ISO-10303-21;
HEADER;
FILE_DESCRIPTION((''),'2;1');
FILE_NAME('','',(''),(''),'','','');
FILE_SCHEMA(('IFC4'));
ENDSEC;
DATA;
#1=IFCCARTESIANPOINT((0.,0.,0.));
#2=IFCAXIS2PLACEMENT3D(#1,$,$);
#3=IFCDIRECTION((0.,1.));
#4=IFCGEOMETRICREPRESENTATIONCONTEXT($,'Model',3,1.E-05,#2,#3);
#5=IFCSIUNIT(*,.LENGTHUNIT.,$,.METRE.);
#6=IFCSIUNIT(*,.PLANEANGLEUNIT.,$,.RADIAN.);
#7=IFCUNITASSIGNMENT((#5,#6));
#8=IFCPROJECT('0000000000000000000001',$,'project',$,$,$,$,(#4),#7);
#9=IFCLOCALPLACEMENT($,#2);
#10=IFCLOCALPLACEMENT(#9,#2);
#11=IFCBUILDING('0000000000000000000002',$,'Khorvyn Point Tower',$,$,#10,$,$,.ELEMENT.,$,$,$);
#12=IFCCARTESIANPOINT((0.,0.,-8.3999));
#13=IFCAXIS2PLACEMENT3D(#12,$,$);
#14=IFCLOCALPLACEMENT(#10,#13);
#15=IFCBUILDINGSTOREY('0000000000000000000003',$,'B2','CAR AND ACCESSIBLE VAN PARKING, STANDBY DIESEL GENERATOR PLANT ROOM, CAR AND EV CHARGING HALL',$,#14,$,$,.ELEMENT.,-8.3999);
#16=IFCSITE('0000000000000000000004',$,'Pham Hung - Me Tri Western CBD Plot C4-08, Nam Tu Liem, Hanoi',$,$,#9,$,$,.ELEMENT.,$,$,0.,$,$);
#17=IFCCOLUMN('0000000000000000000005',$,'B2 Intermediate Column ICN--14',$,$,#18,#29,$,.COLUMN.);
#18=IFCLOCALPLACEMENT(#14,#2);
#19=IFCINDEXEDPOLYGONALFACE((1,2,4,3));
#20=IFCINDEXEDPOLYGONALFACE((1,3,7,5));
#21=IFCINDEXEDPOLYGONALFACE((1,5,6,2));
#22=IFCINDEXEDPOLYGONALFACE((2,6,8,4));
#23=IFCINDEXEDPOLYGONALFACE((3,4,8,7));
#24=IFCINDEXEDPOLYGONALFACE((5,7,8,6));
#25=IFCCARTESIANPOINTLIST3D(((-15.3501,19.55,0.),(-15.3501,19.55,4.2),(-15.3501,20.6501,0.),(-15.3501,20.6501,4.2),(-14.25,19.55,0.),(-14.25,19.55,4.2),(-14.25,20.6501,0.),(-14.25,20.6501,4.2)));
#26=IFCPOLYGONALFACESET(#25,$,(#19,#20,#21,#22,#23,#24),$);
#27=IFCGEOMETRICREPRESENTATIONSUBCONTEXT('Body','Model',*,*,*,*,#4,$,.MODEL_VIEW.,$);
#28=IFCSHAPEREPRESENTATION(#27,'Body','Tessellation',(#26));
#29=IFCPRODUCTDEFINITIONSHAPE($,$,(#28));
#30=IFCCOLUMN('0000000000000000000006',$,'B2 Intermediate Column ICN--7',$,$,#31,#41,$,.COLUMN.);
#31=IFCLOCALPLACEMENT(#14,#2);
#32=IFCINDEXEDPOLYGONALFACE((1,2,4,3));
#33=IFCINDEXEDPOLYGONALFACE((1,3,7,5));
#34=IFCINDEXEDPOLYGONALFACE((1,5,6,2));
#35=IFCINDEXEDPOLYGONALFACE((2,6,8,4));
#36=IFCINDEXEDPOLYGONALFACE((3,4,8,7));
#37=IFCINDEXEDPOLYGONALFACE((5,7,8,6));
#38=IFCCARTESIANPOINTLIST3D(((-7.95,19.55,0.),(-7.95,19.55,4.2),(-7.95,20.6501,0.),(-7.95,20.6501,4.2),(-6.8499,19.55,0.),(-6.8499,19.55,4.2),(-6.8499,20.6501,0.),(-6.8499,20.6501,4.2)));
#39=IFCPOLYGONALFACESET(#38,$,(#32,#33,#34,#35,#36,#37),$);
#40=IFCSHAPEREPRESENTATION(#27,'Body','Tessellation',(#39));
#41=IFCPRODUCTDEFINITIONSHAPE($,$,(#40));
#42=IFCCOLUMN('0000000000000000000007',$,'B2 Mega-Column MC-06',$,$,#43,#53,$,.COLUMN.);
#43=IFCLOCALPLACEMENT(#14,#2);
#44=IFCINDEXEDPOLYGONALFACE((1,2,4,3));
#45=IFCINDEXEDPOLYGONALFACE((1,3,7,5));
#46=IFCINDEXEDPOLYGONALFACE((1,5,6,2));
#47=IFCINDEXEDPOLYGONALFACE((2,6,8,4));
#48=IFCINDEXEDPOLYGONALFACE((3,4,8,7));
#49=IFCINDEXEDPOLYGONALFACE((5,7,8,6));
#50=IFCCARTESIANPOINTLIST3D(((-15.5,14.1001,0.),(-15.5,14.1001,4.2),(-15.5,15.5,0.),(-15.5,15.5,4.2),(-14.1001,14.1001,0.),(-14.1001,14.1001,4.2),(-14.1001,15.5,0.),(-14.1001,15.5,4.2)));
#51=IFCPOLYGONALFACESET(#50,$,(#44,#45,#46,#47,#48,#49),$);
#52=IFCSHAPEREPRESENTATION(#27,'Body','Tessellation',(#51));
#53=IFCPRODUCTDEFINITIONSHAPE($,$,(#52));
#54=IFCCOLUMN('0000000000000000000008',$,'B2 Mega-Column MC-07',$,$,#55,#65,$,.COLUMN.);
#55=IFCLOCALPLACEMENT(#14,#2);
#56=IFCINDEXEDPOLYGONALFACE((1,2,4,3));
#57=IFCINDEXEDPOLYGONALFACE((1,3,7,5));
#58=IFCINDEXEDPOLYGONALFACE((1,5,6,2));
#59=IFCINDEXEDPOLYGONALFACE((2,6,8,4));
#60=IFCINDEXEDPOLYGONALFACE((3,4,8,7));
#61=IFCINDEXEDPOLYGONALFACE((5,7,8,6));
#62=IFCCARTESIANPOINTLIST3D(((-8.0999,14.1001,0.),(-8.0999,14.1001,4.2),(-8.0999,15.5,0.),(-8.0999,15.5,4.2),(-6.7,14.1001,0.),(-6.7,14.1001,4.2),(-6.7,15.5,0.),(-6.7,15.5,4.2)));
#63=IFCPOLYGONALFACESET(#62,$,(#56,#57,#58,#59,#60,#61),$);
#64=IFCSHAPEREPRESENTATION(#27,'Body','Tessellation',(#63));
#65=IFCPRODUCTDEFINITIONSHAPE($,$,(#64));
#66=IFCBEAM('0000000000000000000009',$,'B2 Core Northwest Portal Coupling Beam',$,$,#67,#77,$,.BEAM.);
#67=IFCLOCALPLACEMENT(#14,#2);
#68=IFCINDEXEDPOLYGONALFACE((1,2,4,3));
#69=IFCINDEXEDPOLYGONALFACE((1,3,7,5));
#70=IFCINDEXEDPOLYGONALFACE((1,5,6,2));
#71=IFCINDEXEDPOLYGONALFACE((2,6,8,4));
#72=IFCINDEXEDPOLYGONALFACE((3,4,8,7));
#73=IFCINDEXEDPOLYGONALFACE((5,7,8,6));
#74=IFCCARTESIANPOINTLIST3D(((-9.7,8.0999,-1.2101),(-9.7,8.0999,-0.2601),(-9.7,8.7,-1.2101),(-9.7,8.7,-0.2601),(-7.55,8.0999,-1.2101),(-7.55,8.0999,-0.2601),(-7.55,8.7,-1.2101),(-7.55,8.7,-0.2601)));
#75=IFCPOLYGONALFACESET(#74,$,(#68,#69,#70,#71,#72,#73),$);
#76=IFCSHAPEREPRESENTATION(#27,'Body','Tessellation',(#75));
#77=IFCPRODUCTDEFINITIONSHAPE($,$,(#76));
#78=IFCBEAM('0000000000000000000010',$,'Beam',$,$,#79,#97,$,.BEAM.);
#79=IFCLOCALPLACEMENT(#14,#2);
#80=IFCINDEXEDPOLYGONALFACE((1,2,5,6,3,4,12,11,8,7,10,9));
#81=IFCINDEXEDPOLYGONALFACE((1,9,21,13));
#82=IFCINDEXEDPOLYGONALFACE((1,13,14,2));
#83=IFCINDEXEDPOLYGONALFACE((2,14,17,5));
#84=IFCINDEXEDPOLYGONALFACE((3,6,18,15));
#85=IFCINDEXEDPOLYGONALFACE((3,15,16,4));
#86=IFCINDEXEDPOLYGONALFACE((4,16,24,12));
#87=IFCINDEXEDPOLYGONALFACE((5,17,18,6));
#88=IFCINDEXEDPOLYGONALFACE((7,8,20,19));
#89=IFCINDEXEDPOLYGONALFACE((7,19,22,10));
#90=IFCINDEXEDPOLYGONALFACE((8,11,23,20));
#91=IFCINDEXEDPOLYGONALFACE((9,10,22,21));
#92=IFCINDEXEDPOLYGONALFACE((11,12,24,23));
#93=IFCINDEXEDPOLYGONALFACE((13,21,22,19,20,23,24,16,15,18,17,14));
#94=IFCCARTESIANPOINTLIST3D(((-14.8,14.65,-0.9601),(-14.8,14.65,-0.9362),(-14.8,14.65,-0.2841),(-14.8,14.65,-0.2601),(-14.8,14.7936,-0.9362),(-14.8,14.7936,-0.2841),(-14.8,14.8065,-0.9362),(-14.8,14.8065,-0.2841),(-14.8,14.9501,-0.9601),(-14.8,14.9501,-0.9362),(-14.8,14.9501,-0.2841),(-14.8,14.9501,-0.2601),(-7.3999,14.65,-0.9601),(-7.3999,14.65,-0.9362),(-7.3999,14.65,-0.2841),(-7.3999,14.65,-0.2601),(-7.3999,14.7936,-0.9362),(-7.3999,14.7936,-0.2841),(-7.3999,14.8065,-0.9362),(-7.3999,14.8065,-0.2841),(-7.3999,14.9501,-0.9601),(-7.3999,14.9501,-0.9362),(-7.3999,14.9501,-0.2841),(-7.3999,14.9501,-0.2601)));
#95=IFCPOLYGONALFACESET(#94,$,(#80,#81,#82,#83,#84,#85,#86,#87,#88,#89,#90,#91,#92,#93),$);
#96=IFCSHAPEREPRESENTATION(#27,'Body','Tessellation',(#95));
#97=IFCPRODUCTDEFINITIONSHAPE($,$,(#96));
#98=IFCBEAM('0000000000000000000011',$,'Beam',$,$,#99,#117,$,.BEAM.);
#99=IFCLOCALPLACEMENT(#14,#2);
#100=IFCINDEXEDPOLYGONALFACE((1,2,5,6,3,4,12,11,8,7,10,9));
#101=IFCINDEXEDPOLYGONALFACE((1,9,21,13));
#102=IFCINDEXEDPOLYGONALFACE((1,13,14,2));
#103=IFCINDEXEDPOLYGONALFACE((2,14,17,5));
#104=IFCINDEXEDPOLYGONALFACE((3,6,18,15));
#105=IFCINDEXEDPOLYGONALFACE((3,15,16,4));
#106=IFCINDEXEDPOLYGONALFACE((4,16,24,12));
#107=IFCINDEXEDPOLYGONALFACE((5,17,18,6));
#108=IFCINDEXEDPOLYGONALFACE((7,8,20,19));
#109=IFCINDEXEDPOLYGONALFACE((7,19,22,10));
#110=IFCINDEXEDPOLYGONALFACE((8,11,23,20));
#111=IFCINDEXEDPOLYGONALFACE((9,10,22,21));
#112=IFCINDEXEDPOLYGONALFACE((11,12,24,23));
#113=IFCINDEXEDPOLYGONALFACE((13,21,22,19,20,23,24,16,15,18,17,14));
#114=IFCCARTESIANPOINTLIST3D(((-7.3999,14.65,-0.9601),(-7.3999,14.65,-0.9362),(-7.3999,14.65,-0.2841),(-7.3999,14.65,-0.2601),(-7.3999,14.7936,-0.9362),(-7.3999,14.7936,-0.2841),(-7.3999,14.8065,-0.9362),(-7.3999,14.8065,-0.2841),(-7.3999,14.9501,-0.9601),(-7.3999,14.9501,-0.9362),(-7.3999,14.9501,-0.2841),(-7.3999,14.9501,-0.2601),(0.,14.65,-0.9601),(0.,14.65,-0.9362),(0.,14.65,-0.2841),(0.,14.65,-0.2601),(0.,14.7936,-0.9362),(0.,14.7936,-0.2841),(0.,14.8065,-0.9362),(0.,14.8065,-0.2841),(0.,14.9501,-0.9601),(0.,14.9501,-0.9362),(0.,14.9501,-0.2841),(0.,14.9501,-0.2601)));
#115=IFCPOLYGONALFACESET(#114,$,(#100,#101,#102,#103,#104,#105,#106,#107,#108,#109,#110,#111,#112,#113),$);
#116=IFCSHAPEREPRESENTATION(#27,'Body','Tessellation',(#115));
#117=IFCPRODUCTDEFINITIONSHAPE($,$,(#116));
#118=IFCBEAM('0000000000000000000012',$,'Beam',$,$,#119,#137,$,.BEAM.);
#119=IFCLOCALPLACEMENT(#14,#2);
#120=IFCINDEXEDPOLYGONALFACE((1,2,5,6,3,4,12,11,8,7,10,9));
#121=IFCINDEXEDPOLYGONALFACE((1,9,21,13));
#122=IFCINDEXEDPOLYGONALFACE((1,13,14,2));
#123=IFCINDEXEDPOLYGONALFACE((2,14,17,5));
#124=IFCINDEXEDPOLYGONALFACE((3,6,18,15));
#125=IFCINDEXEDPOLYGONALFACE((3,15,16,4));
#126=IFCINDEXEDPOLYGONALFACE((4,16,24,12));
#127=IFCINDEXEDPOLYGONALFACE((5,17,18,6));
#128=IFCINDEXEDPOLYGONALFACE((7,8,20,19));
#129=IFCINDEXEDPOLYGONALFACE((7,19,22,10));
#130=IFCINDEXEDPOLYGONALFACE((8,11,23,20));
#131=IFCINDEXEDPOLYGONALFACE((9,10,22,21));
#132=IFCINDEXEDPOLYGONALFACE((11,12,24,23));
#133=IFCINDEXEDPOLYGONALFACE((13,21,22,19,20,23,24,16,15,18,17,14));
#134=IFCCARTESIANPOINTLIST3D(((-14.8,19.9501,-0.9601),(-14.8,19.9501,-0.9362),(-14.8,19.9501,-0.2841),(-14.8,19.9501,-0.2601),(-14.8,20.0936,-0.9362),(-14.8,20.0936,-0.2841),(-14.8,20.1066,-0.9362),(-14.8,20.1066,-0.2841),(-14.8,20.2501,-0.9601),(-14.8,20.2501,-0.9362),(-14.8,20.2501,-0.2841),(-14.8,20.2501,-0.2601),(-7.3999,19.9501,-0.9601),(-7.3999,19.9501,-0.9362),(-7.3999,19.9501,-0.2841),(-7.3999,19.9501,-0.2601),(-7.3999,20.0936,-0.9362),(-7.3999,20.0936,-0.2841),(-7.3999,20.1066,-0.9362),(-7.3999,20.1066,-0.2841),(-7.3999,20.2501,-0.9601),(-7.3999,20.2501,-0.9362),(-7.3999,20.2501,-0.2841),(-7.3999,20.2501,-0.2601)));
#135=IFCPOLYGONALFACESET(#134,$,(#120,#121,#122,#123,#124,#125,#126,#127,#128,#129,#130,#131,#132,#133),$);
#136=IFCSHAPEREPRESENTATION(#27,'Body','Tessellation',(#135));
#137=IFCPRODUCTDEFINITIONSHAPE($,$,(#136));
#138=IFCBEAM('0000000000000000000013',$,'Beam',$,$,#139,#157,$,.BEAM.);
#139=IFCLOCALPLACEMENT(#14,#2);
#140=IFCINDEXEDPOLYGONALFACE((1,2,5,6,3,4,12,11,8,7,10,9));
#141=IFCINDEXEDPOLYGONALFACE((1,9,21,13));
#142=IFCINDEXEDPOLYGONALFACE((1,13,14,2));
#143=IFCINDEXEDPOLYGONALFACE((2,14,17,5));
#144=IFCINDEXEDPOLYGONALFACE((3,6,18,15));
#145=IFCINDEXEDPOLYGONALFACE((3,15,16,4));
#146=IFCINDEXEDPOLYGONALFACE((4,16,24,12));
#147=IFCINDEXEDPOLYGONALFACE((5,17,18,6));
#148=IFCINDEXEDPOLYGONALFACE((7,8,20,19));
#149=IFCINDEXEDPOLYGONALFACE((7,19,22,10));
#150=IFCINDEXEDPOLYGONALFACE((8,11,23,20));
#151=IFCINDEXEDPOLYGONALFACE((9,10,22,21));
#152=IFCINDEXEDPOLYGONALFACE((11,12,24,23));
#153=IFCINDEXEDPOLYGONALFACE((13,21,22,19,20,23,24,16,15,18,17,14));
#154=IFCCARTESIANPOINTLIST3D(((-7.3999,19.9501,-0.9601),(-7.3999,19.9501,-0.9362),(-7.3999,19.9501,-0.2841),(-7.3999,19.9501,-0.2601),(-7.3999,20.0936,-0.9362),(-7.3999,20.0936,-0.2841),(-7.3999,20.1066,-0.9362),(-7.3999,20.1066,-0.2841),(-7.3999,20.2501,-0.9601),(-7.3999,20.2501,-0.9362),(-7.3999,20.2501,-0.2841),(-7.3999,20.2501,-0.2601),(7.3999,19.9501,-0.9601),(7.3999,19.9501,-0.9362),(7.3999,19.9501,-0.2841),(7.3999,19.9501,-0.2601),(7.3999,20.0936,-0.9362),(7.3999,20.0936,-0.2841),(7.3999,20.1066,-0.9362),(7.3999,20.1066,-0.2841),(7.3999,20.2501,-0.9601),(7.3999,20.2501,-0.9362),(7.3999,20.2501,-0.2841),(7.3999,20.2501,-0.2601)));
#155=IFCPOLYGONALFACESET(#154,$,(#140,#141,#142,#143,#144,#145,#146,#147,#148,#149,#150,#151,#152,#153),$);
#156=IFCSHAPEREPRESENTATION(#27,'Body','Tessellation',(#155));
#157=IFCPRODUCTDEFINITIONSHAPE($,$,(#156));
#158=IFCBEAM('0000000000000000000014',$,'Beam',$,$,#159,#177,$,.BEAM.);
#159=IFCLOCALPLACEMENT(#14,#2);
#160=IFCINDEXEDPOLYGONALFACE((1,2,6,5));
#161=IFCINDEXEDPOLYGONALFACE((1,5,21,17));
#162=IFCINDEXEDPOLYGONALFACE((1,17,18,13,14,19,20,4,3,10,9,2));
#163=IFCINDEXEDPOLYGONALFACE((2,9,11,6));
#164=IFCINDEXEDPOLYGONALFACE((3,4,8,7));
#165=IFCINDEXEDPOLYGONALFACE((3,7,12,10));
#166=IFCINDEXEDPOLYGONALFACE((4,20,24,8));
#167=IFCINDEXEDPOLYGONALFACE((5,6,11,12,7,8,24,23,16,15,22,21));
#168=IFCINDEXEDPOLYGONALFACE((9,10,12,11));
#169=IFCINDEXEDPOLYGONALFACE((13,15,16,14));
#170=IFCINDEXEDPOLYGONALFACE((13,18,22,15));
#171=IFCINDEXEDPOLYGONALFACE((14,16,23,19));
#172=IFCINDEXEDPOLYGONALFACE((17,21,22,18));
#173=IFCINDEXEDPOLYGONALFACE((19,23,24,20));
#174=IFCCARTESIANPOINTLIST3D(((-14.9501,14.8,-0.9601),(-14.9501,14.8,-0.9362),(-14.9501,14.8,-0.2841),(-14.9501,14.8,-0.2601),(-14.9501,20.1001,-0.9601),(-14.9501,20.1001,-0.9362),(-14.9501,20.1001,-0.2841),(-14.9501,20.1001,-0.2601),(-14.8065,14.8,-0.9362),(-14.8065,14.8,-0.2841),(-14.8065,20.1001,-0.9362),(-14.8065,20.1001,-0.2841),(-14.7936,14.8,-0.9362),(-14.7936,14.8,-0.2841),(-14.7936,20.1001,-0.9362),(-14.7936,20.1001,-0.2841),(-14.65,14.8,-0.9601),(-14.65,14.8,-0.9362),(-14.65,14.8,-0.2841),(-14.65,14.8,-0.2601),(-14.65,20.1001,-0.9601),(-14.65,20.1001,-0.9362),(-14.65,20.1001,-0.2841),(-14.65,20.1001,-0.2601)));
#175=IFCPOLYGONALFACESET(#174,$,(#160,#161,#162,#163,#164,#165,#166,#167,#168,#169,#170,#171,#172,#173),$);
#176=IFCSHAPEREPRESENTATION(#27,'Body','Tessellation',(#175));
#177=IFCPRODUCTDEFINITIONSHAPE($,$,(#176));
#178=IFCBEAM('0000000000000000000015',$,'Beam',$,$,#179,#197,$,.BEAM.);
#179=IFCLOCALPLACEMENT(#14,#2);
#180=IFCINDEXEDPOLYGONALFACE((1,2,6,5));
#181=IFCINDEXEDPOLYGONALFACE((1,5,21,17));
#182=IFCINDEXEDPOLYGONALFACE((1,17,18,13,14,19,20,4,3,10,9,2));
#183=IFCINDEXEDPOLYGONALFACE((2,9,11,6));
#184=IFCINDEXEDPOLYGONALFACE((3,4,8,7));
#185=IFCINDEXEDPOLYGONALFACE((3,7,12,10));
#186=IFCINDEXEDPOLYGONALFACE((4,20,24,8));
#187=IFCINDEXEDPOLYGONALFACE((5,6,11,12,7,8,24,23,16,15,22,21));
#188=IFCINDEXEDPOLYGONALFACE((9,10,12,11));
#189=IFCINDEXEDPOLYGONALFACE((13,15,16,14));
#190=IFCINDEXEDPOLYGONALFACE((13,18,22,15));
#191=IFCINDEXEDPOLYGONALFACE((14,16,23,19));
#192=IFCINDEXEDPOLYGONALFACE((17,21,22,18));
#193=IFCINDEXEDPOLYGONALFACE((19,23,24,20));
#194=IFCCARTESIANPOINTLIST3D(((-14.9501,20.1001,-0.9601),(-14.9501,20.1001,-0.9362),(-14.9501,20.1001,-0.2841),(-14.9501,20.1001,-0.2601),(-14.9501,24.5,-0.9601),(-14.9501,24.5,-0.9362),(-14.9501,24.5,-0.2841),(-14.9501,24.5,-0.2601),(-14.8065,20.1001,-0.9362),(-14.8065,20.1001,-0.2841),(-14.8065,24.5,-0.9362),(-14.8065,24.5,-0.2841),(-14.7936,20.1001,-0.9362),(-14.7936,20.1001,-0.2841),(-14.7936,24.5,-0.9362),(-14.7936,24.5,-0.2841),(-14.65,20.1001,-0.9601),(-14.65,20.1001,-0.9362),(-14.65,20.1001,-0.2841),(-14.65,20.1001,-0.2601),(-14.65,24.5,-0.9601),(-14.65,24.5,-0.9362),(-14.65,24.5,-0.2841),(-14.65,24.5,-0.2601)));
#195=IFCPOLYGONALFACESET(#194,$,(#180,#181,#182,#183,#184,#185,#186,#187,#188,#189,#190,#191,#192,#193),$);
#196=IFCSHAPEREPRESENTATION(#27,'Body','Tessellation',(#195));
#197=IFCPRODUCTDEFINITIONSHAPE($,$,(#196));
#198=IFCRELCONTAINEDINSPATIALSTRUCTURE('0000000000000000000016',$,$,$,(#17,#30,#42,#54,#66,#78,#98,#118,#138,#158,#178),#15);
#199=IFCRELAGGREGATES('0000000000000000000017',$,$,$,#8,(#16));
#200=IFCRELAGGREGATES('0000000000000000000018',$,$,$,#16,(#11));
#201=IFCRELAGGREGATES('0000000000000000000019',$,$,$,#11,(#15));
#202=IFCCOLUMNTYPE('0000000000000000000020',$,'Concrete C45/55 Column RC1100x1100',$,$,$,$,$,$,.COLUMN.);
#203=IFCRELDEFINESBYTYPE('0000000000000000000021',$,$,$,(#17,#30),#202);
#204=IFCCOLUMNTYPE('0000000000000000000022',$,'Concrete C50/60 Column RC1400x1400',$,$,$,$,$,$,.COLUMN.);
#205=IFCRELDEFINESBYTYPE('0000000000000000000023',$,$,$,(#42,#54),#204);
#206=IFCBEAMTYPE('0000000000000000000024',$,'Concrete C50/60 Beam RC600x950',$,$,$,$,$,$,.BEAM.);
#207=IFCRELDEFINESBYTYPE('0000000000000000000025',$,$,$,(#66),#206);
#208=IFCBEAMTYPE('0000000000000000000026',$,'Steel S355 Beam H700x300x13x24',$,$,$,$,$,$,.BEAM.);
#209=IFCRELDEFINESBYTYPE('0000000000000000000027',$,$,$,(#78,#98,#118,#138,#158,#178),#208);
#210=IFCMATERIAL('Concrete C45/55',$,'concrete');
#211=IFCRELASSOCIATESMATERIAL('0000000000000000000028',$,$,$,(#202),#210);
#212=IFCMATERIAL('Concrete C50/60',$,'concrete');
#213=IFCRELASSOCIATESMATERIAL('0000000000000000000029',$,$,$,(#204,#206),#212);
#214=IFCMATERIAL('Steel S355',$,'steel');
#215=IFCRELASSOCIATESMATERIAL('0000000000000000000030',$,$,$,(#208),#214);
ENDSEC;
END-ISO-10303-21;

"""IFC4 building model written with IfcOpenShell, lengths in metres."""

from ifc_helpers import new_model, si_unit, direction, frame, origin, origin_2d, place, context, subcontext, project, spatial, rectangle, i_section, extrude, material, material_profile, profile_set, type_object, element, save


model = new_model("IFC4")

# Units and contexts
model_context = context("Model", 3, precision=1e-05, world=origin(), true_north=direction((0.0, 1.0)))
body_context = subcontext(model_context, "Body", "Model", "MODEL_VIEW")
ifc_project = project(units=[si_unit("LENGTHUNIT", "METRE"), si_unit("PLANEANGLEUNIT", "RADIAN")], contexts=[model_context])

# Site, building, storey
site_placement = place(None, origin())
site = spatial("IfcSite", under=ifc_project, at=site_placement, Name="Pham Hung - Me Tri Western CBD Plot C4-08, Nam Tu Liem, Hanoi", CompositionType="ELEMENT", RefElevation=0.0)
building_placement = place(site_placement, origin())
building = spatial("IfcBuilding", under=site, at=building_placement, Name="Khorvyn Point Tower", CompositionType="ELEMENT")
storey_placement = place(building_placement, frame((0.0, 0.0, -8.3999)))
storey = spatial("IfcBuildingStorey", under=building, at=storey_placement, Name="B2", Description="CAR AND ACCESSIBLE VAN PARKING, STANDBY DIESEL GENERATOR PLANT ROOM, CAR AND EV CHARGING HALL", CompositionType="ELEMENT", Elevation=-8.3999)

# Columns
ifc_material_1 = material(Name="Concrete C45/55", Category="concrete")
ifc_material_profile_1 = material_profile(ifc_material_1, rectangle(XDim=1.1001, YDim=1.1001, at=origin_2d()))
ifc_profile_set_1 = profile_set([ifc_material_profile_1], Name="Concrete C45/55 RC1100x1100")
column_type_1 = type_object("IfcColumnType", Name="Concrete C45/55 Column RC1100x1100", PredefinedType="COLUMN", material=ifc_profile_set_1)
for number, where, z_axis, x_axis, name in (
    (1, (-14.8, 20.1001, 0.0), (0.0, 0.0, 1.0), (1.0, 0.0, 0.0), "B2 Intermediate Column ICN--14"),
    (2, (-7.3999, 20.1001, 0.0), (0.0, 0.0, 1.0), (1.0, 0.0, 0.0), "B2 Intermediate Column ICN--7"),
):
    element("IfcColumn", number, at=place(storey_placement, frame(where, z_axis=z_axis, x_axis=x_axis)), inside=storey, type_object=column_type_1, Name=name, PredefinedType="COLUMN", context=body_context, shape_type="SweptSolid", body=[
        extrude(rectangle(XDim=1.1001, YDim=1.1001, at=origin_2d()), origin(), (0.0, 0.0, 1.0), 4.2),
    ])
ifc_material_2 = material(Name="Concrete C50/60", Category="concrete")
ifc_material_profile_2 = material_profile(ifc_material_2, rectangle(XDim=1.3999, YDim=1.3999, at=origin_2d()))
ifc_profile_set_2 = profile_set([ifc_material_profile_2], Name="Concrete C50/60 RC1400x1400")
column_type_2 = type_object("IfcColumnType", Name="Concrete C50/60 Column RC1400x1400", PredefinedType="COLUMN", material=ifc_profile_set_2)
for number, where, z_axis, x_axis, name in (
    (3, (-14.8, 14.8, 0.0), (0.0, 0.0, 1.0), (1.0, 0.0, 0.0), "B2 Mega-Column MC-06"),
    (4, (-7.3999, 14.8, 0.0), (0.0, 0.0, 1.0), (1.0, 0.0, 0.0), "B2 Mega-Column MC-07"),
):
    element("IfcColumn", number, at=place(storey_placement, frame(where, z_axis=z_axis, x_axis=x_axis)), inside=storey, type_object=column_type_2, Name=name, PredefinedType="COLUMN", context=body_context, shape_type="SweptSolid", body=[
        extrude(rectangle(XDim=1.3999, YDim=1.3999, at=origin_2d()), origin(), (0.0, 0.0, 1.0), 4.2),
    ])

# Beams
ifc_material_profile_3 = material_profile(ifc_material_2, rectangle(XDim=0.6001, YDim=0.95, at=origin_2d()))
ifc_profile_set_3 = profile_set([ifc_material_profile_3], Name="Concrete C50/60 RC600x950")
beam_type_1 = type_object("IfcBeamType", Name="Concrete C50/60 Beam RC600x950", PredefinedType="BEAM", material=ifc_profile_set_3)
beam_1_placement = place(storey_placement, frame((-9.7, 8.3999, -0.7351), z_axis=(1.0, 0.0, 0.0), x_axis=(0.0, 1.0, 0.0)))
element("IfcBeam", 5, at=beam_1_placement, inside=storey, type_object=beam_type_1, Name="B2 Core Northwest Portal Coupling Beam", PredefinedType="BEAM", context=body_context, shape_type="SweptSolid", body=[
    extrude(rectangle(XDim=0.6001, YDim=0.95, at=origin_2d()), origin(), (0.0, 0.0, 1.0), 2.1499),
])
ifc_material_3 = material(Name="Steel S355", Category="steel")
ifc_material_profile_4 = material_profile(ifc_material_3, i_section(OverallWidth=0.3, OverallDepth=0.7, WebThickness=0.0129, FlangeThickness=0.0239, at=origin_2d()))
ifc_profile_set_4 = profile_set([ifc_material_profile_4], Name="Steel S355 H700x300x13x24")
beam_type_2 = type_object("IfcBeamType", Name="Steel S355 Beam H700x300x13x24", PredefinedType="BEAM", material=ifc_profile_set_4)
beam_2_placement = place(storey_placement, frame((-14.8, 14.8, -0.6101), z_axis=(1.0, 0.0, 0.0), x_axis=(0.0, 1.0, 0.0)))
element("IfcBeam", 6, at=beam_2_placement, inside=storey, type_object=beam_type_2, Name="Beam", PredefinedType="BEAM", context=body_context, shape_type="SweptSolid", body=[
    extrude(i_section(OverallWidth=0.3, OverallDepth=0.7, WebThickness=0.0129, FlangeThickness=0.0239, at=origin_2d()), origin(), (0.0, 0.0, 1.0), 7.4001),
])
beam_3_placement = place(storey_placement, frame((-7.3999, 14.8, -0.6101), z_axis=(1.0, 0.0, 0.0), x_axis=(0.0, 1.0, 0.0)))
element("IfcBeam", 7, at=beam_3_placement, inside=storey, type_object=beam_type_2, Name="Beam", PredefinedType="BEAM", context=body_context, shape_type="SweptSolid", body=[
    extrude(i_section(OverallWidth=0.3, OverallDepth=0.7, WebThickness=0.0129, FlangeThickness=0.0239, at=origin_2d()), origin(), (0.0, 0.0, 1.0), 7.3999),
])
beam_4_placement = place(storey_placement, frame((-14.8, 20.1001, -0.6101), z_axis=(1.0, 0.0, 0.0), x_axis=(0.0, 1.0, 0.0)))
element("IfcBeam", 8, at=beam_4_placement, inside=storey, type_object=beam_type_2, Name="Beam", PredefinedType="BEAM", context=body_context, shape_type="SweptSolid", body=[
    extrude(i_section(OverallWidth=0.3, OverallDepth=0.7, WebThickness=0.0129, FlangeThickness=0.0239, at=origin_2d()), origin(), (0.0, 0.0, 1.0), 7.4001),
])
beam_5_placement = place(storey_placement, frame((-7.3999, 20.1001, -0.6101), z_axis=(1.0, 0.0, 0.0), x_axis=(0.0, 1.0, 0.0)))
element("IfcBeam", 9, at=beam_5_placement, inside=storey, type_object=beam_type_2, Name="Beam", PredefinedType="BEAM", context=body_context, shape_type="SweptSolid", body=[
    extrude(i_section(OverallWidth=0.3, OverallDepth=0.7, WebThickness=0.0129, FlangeThickness=0.0239, at=origin_2d()), origin(), (0.0, 0.0, 1.0), 14.7998),
])
beam_6_placement = place(storey_placement, frame((-14.8, 14.8, -0.6101), z_axis=(0.0, 1.0, 0.0), x_axis=(-1.0, 0.0, 0.0)))
element("IfcBeam", 10, at=beam_6_placement, inside=storey, type_object=beam_type_2, Name="Beam", PredefinedType="BEAM", context=body_context, shape_type="SweptSolid", body=[
    extrude(i_section(OverallWidth=0.3, OverallDepth=0.7, WebThickness=0.0129, FlangeThickness=0.0239, at=origin_2d()), origin(), (0.0, 0.0, 1.0), 5.3),
])
beam_7_placement = place(storey_placement, frame((-14.8, 20.1001, -0.6101), z_axis=(0.0, 1.0, 0.0), x_axis=(-1.0, 0.0, 0.0)))
element("IfcBeam", 11, at=beam_7_placement, inside=storey, type_object=beam_type_2, Name="Beam", PredefinedType="BEAM", context=body_context, shape_type="SweptSolid", body=[
    extrude(i_section(OverallWidth=0.3, OverallDepth=0.7, WebThickness=0.0129, FlangeThickness=0.0239, at=origin_2d()), origin(), (0.0, 0.0, 1.0), 4.3999),
])

save(model, "model.ifc")
